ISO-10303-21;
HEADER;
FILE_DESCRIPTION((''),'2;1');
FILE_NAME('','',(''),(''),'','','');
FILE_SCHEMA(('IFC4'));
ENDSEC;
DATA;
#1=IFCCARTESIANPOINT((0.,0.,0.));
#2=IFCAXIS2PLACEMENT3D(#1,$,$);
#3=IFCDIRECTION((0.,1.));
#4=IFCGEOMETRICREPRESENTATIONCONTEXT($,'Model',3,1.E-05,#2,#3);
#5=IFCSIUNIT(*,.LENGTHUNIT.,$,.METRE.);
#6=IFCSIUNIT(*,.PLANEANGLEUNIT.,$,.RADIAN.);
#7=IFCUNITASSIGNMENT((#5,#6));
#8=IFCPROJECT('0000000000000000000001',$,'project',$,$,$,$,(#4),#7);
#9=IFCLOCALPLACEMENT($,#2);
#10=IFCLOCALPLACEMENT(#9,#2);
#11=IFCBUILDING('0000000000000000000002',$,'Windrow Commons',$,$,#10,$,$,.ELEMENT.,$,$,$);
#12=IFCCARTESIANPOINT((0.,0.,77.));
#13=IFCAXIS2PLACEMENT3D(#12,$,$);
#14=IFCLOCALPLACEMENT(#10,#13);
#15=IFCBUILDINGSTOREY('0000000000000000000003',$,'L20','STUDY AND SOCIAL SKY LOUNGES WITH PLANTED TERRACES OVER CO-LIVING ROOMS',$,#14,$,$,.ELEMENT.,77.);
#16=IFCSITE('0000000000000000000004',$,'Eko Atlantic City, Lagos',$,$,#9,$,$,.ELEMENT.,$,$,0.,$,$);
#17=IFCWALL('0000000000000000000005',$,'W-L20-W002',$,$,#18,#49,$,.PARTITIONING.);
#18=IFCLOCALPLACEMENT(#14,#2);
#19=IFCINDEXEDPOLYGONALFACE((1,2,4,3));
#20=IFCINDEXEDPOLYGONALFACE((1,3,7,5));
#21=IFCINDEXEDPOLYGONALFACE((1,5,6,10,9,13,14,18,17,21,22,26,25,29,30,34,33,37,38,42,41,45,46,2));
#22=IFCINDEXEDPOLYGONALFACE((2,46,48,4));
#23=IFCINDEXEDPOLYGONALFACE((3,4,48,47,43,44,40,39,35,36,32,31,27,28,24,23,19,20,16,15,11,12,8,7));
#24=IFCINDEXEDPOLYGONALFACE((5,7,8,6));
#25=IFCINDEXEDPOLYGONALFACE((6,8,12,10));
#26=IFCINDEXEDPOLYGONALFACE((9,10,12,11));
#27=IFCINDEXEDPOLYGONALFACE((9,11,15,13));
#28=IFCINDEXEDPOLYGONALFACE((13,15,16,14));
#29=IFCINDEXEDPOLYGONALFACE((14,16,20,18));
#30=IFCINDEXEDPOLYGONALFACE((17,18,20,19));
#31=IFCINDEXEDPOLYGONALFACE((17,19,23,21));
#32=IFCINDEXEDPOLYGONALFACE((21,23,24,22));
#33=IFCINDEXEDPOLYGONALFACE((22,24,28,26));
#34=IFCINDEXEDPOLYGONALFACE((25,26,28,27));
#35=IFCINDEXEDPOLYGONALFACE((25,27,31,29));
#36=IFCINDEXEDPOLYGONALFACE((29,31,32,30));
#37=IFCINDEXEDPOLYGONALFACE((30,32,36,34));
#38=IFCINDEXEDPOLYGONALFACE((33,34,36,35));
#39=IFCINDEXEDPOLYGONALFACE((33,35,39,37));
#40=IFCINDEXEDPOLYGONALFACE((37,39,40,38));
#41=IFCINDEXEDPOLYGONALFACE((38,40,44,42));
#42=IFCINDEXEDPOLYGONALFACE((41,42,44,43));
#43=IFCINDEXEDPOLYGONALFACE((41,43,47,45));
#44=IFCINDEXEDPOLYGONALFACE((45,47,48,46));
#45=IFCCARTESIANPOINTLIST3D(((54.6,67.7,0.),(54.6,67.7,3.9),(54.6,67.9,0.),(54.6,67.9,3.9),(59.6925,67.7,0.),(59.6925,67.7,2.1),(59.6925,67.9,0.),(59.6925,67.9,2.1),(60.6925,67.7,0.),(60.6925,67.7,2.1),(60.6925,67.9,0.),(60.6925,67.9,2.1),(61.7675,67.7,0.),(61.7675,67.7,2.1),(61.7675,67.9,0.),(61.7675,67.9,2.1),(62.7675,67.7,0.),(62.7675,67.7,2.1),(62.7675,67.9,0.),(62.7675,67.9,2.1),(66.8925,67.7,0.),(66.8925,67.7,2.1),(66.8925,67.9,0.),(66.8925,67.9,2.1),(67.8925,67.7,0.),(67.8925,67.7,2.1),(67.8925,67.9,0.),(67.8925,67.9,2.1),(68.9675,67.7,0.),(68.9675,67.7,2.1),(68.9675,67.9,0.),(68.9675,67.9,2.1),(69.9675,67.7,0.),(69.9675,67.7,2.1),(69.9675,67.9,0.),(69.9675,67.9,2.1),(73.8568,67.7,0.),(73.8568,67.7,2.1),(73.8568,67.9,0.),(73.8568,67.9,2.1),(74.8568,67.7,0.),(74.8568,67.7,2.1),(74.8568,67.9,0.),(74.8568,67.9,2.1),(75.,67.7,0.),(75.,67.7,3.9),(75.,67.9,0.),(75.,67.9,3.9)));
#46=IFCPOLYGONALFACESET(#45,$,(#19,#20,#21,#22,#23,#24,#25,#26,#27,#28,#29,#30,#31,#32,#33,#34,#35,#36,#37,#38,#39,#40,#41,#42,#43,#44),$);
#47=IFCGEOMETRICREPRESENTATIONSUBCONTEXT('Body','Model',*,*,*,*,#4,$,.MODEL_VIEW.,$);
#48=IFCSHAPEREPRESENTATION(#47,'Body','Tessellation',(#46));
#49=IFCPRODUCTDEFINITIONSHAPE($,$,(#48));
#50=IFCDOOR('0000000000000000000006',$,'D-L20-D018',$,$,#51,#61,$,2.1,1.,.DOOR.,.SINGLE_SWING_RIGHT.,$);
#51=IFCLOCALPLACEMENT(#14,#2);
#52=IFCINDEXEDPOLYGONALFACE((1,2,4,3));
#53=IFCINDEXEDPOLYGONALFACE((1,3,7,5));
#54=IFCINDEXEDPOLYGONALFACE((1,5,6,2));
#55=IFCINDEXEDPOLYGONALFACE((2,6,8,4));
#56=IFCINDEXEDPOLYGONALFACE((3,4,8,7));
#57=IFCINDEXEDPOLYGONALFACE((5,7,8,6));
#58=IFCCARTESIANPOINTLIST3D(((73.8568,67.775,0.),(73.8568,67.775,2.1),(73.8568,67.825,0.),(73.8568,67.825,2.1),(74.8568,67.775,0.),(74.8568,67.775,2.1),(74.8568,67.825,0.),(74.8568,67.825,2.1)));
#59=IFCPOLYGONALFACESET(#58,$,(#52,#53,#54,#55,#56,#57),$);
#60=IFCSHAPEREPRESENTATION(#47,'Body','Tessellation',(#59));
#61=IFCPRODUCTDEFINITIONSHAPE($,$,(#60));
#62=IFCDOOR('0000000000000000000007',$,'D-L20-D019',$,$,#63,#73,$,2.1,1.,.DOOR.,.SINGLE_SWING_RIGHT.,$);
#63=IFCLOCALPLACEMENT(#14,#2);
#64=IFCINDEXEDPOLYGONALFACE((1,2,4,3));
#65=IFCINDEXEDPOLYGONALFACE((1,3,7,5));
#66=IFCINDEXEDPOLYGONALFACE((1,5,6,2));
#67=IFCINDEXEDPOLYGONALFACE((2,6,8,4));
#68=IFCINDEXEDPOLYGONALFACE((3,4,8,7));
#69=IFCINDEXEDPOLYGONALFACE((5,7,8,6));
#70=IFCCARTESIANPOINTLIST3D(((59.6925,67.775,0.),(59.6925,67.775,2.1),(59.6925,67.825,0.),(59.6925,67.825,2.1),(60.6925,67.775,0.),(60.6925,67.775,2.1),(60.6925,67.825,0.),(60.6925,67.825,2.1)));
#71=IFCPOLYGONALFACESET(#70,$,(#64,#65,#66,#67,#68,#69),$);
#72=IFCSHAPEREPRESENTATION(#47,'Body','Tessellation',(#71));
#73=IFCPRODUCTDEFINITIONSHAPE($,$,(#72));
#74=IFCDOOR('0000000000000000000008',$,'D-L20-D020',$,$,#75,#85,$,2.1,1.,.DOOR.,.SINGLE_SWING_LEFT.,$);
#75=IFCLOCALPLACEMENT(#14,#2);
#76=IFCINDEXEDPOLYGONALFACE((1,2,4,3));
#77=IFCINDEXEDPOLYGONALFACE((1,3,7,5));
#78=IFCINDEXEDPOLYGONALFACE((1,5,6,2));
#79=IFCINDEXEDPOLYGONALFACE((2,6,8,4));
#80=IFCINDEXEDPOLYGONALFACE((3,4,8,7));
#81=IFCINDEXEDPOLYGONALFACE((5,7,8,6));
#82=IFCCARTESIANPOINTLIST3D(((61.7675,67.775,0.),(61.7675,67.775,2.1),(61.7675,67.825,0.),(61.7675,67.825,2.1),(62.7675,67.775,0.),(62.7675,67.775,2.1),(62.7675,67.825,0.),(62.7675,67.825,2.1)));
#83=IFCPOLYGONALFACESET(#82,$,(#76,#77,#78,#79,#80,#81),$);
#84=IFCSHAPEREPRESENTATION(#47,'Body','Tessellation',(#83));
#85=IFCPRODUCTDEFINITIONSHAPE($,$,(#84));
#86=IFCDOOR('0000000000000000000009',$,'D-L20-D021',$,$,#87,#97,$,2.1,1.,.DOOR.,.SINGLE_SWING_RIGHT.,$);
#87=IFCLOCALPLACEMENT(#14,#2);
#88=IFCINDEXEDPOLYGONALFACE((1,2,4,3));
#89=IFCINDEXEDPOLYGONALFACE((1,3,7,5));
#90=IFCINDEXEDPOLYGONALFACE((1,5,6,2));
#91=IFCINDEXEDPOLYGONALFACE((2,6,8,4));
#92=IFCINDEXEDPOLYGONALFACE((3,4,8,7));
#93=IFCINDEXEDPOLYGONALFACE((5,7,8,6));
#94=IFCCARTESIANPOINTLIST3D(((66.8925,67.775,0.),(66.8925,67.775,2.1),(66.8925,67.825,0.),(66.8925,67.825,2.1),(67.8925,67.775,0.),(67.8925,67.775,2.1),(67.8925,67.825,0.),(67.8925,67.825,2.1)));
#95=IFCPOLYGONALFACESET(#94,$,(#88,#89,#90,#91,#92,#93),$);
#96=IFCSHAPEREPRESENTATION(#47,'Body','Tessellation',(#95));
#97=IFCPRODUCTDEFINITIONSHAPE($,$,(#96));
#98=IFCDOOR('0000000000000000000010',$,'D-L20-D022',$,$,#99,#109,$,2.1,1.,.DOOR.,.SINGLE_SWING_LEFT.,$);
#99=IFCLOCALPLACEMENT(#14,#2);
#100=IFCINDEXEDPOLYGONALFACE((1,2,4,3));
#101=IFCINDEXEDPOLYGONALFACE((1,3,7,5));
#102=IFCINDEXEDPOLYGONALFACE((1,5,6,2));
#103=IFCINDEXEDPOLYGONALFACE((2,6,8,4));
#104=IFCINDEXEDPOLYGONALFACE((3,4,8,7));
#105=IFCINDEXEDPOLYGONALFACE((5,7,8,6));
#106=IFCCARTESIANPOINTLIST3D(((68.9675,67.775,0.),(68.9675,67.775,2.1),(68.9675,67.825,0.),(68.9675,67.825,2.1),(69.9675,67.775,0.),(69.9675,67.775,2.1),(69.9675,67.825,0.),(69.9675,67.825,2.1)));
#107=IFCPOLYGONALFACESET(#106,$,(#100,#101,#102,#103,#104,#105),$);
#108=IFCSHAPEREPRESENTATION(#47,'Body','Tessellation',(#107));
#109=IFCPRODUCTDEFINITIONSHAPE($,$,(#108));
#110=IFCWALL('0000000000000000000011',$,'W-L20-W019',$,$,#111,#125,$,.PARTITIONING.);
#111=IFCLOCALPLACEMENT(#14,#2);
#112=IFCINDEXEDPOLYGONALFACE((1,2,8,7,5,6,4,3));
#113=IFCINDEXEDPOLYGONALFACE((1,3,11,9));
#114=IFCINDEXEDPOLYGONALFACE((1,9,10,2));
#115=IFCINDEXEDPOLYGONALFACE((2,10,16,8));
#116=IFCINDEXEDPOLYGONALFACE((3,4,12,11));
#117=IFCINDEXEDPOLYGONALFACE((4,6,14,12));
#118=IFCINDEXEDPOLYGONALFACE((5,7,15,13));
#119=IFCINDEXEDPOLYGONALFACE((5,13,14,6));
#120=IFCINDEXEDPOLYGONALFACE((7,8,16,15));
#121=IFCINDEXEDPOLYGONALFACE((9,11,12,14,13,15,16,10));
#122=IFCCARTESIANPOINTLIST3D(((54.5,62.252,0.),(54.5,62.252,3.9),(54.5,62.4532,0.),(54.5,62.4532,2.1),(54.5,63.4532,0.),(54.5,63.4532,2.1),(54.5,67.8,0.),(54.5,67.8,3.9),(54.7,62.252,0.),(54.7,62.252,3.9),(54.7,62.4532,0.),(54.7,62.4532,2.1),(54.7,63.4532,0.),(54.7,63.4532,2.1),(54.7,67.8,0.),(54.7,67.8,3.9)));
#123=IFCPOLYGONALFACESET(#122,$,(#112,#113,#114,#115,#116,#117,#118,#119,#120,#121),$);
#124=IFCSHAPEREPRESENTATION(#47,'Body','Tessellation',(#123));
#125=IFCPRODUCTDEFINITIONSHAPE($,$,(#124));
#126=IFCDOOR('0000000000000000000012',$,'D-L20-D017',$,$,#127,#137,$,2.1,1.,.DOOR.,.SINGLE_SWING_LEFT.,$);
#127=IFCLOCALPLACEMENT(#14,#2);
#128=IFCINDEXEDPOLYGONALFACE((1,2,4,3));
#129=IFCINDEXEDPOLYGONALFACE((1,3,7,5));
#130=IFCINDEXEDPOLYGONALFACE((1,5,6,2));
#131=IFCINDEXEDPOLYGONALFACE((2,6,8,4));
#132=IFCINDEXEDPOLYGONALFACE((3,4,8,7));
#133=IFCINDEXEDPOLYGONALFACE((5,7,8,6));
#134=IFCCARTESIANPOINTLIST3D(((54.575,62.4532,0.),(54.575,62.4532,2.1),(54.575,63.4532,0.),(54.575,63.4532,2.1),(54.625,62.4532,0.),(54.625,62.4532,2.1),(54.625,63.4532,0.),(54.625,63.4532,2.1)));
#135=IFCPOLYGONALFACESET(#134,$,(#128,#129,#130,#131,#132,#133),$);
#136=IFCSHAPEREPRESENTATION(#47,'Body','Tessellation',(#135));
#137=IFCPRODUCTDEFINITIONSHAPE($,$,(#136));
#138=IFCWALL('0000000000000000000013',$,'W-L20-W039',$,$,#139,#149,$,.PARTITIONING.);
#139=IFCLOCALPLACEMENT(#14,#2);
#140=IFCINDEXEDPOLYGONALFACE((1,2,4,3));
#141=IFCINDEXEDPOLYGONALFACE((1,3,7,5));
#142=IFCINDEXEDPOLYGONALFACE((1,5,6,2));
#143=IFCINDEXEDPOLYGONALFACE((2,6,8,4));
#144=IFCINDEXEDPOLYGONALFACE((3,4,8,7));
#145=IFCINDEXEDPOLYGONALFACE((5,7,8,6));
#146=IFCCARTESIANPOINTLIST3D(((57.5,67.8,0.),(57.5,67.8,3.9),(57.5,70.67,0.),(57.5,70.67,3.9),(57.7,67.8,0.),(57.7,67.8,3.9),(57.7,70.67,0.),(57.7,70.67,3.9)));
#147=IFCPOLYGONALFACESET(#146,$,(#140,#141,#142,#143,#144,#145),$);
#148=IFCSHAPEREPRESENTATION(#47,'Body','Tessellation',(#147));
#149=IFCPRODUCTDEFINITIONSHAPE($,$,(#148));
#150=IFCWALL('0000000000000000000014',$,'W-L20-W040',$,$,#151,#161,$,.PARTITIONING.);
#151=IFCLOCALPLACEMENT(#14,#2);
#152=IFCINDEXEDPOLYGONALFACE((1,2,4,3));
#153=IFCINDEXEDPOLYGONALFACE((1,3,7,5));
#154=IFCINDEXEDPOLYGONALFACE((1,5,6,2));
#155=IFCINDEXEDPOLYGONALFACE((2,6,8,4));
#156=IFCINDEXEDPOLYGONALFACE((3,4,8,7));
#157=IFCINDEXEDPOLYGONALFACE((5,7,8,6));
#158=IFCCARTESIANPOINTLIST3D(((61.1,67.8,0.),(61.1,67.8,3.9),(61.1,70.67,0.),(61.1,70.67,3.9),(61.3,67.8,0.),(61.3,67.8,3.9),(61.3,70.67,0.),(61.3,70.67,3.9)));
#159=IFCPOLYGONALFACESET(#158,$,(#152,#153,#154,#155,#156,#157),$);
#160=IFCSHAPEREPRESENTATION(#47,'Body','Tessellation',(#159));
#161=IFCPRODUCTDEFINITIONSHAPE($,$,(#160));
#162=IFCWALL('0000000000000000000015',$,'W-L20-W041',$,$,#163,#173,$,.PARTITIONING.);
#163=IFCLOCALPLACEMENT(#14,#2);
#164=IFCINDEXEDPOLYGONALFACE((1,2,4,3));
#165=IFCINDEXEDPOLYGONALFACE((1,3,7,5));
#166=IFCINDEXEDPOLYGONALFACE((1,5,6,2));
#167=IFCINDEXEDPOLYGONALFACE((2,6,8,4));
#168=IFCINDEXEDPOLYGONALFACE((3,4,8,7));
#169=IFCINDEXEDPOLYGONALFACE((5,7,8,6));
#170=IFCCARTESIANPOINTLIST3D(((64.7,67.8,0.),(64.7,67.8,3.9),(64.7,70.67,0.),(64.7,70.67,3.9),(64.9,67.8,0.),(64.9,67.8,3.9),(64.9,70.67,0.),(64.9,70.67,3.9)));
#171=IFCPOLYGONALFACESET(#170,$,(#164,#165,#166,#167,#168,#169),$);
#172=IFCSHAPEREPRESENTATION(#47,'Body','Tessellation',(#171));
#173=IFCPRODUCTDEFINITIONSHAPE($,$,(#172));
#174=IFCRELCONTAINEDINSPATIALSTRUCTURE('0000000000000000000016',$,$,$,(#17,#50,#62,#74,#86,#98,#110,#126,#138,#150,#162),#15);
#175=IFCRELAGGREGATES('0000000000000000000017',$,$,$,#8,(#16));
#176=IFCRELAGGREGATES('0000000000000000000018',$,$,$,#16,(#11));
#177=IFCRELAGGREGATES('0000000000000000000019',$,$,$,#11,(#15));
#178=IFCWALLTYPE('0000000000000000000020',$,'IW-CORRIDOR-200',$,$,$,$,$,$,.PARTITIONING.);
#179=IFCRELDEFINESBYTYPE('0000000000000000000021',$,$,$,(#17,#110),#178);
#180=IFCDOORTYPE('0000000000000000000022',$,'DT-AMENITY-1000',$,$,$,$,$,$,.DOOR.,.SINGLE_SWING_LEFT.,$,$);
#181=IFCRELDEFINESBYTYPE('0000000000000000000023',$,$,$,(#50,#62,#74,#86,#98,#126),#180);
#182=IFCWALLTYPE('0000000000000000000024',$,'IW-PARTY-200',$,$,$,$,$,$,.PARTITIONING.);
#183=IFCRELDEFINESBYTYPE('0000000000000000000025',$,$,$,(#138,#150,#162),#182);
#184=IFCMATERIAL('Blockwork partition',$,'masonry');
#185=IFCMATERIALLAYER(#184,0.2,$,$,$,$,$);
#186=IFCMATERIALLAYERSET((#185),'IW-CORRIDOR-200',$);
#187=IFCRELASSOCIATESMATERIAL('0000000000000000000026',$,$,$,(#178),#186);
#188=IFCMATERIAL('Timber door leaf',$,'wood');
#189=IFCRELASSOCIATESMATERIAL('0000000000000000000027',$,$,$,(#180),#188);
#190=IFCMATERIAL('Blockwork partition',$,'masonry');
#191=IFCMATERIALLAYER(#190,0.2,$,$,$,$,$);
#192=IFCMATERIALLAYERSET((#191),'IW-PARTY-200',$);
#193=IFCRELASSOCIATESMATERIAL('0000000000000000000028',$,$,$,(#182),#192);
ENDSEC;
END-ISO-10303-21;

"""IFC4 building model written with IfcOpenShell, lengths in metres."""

from ifc_helpers import new_model, si_unit, direction, frame, frame_2d, origin, place, context, subcontext, project, spatial, rectangle, extrude, material, layer, layer_set, type_object, element, fill, save


model = new_model("IFC4")

# Units and contexts
model_context = context("Model", 3, precision=1e-05, world=origin(), true_north=direction((0.0, 1.0)))
body_context = subcontext(model_context, "Body", "Model", "MODEL_VIEW")
ifc_project = project(units=[si_unit("LENGTHUNIT", "METRE"), si_unit("PLANEANGLEUNIT", "RADIAN")], contexts=[model_context])

# Site, building, storey
site_placement = place(None, origin())
site = spatial("IfcSite", under=ifc_project, at=site_placement, Name="Eko Atlantic City, Lagos", CompositionType="ELEMENT", RefElevation=0.0)
building_placement = place(site_placement, origin())
building = spatial("IfcBuilding", under=site, at=building_placement, Name="Windrow Commons", CompositionType="ELEMENT")
storey_placement = place(building_placement, frame((0.0, 0.0, 77.0)))
storey = spatial("IfcBuildingStorey", under=building, at=storey_placement, Name="L20", Description="STUDY AND SOCIAL SKY LOUNGES WITH PLANTED TERRACES OVER CO-LIVING ROOMS", CompositionType="ELEMENT", Elevation=77.0)

# Wall, openings, doors
ifc_material_1 = material(Name="Blockwork partition", Category="masonry")
ifc_layer_1 = layer(ifc_material_1, 0.2)
ifc_layer_set_1 = layer_set([ifc_layer_1], Name="IW-CORRIDOR-200")
wall_type_1 = type_object("IfcWallType", Name="IW-CORRIDOR-200", PredefinedType="PARTITIONING", material=ifc_layer_set_1)
wall_1_placement = place(storey_placement, frame((54.6, 67.8, 0.0), z_axis=(0.0, 0.0, 1.0), x_axis=(1.0, 0.0, 0.0)))
wall_1 = element("IfcWall", 1, at=wall_1_placement, inside=storey, type_object=wall_type_1, Name="W-L20-W002", PredefinedType="PARTITIONING", context=body_context, shape_type="SweptSolid", body=[
    extrude(rectangle(XDim=20.4, YDim=0.2, at=frame_2d((10.2, 0.0))), origin(), (0.0, 0.0, 1.0), 3.9),
])
opening_1_placement = place(wall_1_placement, frame((19.2568, 0.0, 0.0)))
opening_1 = element("IfcOpeningElement", 2, at=opening_1_placement, cuts=wall_1, PredefinedType="OPENING", context=body_context, shape_type="SweptSolid", body=[
    extrude(rectangle(XDim=1.0, YDim=2.1, at=frame_2d((0.5, 1.05))), frame((0.0, 0.11, 0.0), z_axis=(0.0, -1.0, 0.0), x_axis=(1.0, 0.0, 0.0)), (0.0, 0.0, 1.0), 0.22),
])
opening_2_placement = place(wall_1_placement, frame((5.0925, 0.0, 0.0)))
opening_2 = element("IfcOpeningElement", 3, at=opening_2_placement, cuts=wall_1, PredefinedType="OPENING", context=body_context, shape_type="SweptSolid", body=[
    extrude(rectangle(XDim=1.0, YDim=2.1, at=frame_2d((0.5, 1.05))), frame((0.0, 0.11, 0.0), z_axis=(0.0, -1.0, 0.0), x_axis=(1.0, 0.0, 0.0)), (0.0, 0.0, 1.0), 0.22),
])
opening_3_placement = place(wall_1_placement, frame((7.1675, 0.0, 0.0)))
opening_3 = element("IfcOpeningElement", 4, at=opening_3_placement, cuts=wall_1, PredefinedType="OPENING", context=body_context, shape_type="SweptSolid", body=[
    extrude(rectangle(XDim=1.0, YDim=2.1, at=frame_2d((0.5, 1.05))), frame((0.0, 0.11, 0.0), z_axis=(0.0, -1.0, 0.0), x_axis=(1.0, 0.0, 0.0)), (0.0, 0.0, 1.0), 0.22),
])
opening_4_placement = place(wall_1_placement, frame((12.2925, 0.0, 0.0)))
opening_4 = element("IfcOpeningElement", 5, at=opening_4_placement, cuts=wall_1, PredefinedType="OPENING", context=body_context, shape_type="SweptSolid", body=[
    extrude(rectangle(XDim=1.0, YDim=2.1, at=frame_2d((0.5, 1.05))), frame((0.0, 0.11, 0.0), z_axis=(0.0, -1.0, 0.0), x_axis=(1.0, 0.0, 0.0)), (0.0, 0.0, 1.0), 0.22),
])
opening_5_placement = place(wall_1_placement, frame((14.3675, 0.0, 0.0)))
opening_5 = element("IfcOpeningElement", 6, at=opening_5_placement, cuts=wall_1, PredefinedType="OPENING", context=body_context, shape_type="SweptSolid", body=[
    extrude(rectangle(XDim=1.0, YDim=2.1, at=frame_2d((0.5, 1.05))), frame((0.0, 0.11, 0.0), z_axis=(0.0, -1.0, 0.0), x_axis=(1.0, 0.0, 0.0)), (0.0, 0.0, 1.0), 0.22),
])
ifc_material_2 = material(Name="Timber door leaf", Category="wood")
door_type_1 = type_object("IfcDoorType", Name="DT-AMENITY-1000", OperationType="SINGLE_SWING_LEFT", PredefinedType="DOOR", material=ifc_material_2)
door_1_placement = place(opening_1_placement, origin())
door_1 = element("IfcDoor", 7, at=door_1_placement, inside=storey, type_object=door_type_1, Name="D-L20-D018", OperationType="SINGLE_SWING_RIGHT", OverallHeight=2.1, OverallWidth=1.0, PredefinedType="DOOR", context=body_context, shape_type="SweptSolid", body=[
    extrude(rectangle(XDim=1.0, YDim=2.1, at=frame_2d((0.5, 1.05))), frame((0.0, 0.025, 0.0), z_axis=(0.0, -1.0, 0.0), x_axis=(1.0, 0.0, 0.0)), (0.0, 0.0, 1.0), 0.05),
])
fill(opening_1, door_1)
door_2_placement = place(opening_2_placement, origin())
door_2 = element("IfcDoor", 8, at=door_2_placement, inside=storey, type_object=door_type_1, Name="D-L20-D019", OperationType="SINGLE_SWING_RIGHT", OverallHeight=2.1, OverallWidth=1.0, PredefinedType="DOOR", context=body_context, shape_type="SweptSolid", body=[
    extrude(rectangle(XDim=1.0, YDim=2.1, at=frame_2d((0.5, 1.05))), frame((0.0, 0.025, 0.0), z_axis=(0.0, -1.0, 0.0), x_axis=(1.0, 0.0, 0.0)), (0.0, 0.0, 1.0), 0.05),
])
fill(opening_2, door_2)
door_3_placement = place(opening_3_placement, origin())
door_3 = element("IfcDoor", 9, at=door_3_placement, inside=storey, type_object=door_type_1, Name="D-L20-D020", OperationType="SINGLE_SWING_LEFT", OverallHeight=2.1, OverallWidth=1.0, PredefinedType="DOOR", context=body_context, shape_type="SweptSolid", body=[
    extrude(rectangle(XDim=1.0, YDim=2.1, at=frame_2d((0.5, 1.05))), frame((0.0, 0.025, 0.0), z_axis=(0.0, -1.0, 0.0), x_axis=(1.0, 0.0, 0.0)), (0.0, 0.0, 1.0), 0.05),
])
fill(opening_3, door_3)
door_4_placement = place(opening_4_placement, origin())
door_4 = element("IfcDoor", 10, at=door_4_placement, inside=storey, type_object=door_type_1, Name="D-L20-D021", OperationType="SINGLE_SWING_RIGHT", OverallHeight=2.1, OverallWidth=1.0, PredefinedType="DOOR", context=body_context, shape_type="SweptSolid", body=[
    extrude(rectangle(XDim=1.0, YDim=2.1, at=frame_2d((0.5, 1.05))), frame((0.0, 0.025, 0.0), z_axis=(0.0, -1.0, 0.0), x_axis=(1.0, 0.0, 0.0)), (0.0, 0.0, 1.0), 0.05),
])
fill(opening_4, door_4)
door_5_placement = place(opening_5_placement, origin())
door_5 = element("IfcDoor", 11, at=door_5_placement, inside=storey, type_object=door_type_1, Name="D-L20-D022", OperationType="SINGLE_SWING_LEFT", OverallHeight=2.1, OverallWidth=1.0, PredefinedType="DOOR", context=body_context, shape_type="SweptSolid", body=[
    extrude(rectangle(XDim=1.0, YDim=2.1, at=frame_2d((0.5, 1.05))), frame((0.0, 0.025, 0.0), z_axis=(0.0, -1.0, 0.0), x_axis=(1.0, 0.0, 0.0)), (0.0, 0.0, 1.0), 0.05),
])
fill(opening_5, door_5)

# Wall, opening, door
wall_2_placement = place(storey_placement, frame((54.6, 62.252, 0.0), z_axis=(0.0, 0.0, 1.0), x_axis=(0.0, 1.0, 0.0)))
wall_2 = element("IfcWall", 12, at=wall_2_placement, inside=storey, type_object=wall_type_1, Name="W-L20-W019", PredefinedType="PARTITIONING", context=body_context, shape_type="SweptSolid", body=[
    extrude(rectangle(XDim=5.548, YDim=0.2, at=frame_2d((2.774, 0.0))), origin(), (0.0, 0.0, 1.0), 3.9),
])
opening_6_placement = place(wall_2_placement, frame((0.2012, 0.0, 0.0)))
opening_6 = element("IfcOpeningElement", 13, at=opening_6_placement, cuts=wall_2, PredefinedType="OPENING", context=body_context, shape_type="SweptSolid", body=[
    extrude(rectangle(XDim=1.0, YDim=2.1, at=frame_2d((0.5, 1.05))), frame((0.0, 0.11, 0.0), z_axis=(0.0, -1.0, 0.0), x_axis=(1.0, 0.0, 0.0)), (0.0, 0.0, 1.0), 0.22),
])
door_6_placement = place(opening_6_placement, origin())
door_6 = element("IfcDoor", 14, at=door_6_placement, inside=storey, type_object=door_type_1, Name="D-L20-D017", OperationType="SINGLE_SWING_LEFT", OverallHeight=2.1, OverallWidth=1.0, PredefinedType="DOOR", context=body_context, shape_type="SweptSolid", body=[
    extrude(rectangle(XDim=1.0, YDim=2.1, at=frame_2d((0.5, 1.05))), frame((0.0, 0.025, 0.0), z_axis=(0.0, -1.0, 0.0), x_axis=(1.0, 0.0, 0.0)), (0.0, 0.0, 1.0), 0.05),
])
fill(opening_6, door_6)

# Walls
ifc_material_3 = material(Name="Blockwork partition", Category="masonry")
ifc_layer_2 = layer(ifc_material_3, 0.2)
ifc_layer_set_2 = layer_set([ifc_layer_2], Name="IW-PARTY-200")
wall_type_2 = type_object("IfcWallType", Name="IW-PARTY-200", PredefinedType="PARTITIONING", material=ifc_layer_set_2)
for number, where, z_axis, x_axis, name in (
    (15, (57.6, 67.8, 0.0), (0.0, 0.0, 1.0), (0.0, 1.0, 0.0), "W-L20-W039"),
    (16, (61.2, 67.8, 0.0), (0.0, 0.0, 1.0), (0.0, 1.0, 0.0), "W-L20-W040"),
    (17, (64.8, 67.8, 0.0), (0.0, 0.0, 1.0), (0.0, 1.0, 0.0), "W-L20-W041"),
):
    element("IfcWall", number, at=place(storey_placement, frame(where, z_axis=z_axis, x_axis=x_axis)), inside=storey, type_object=wall_type_2, Name=name, PredefinedType="PARTITIONING", context=body_context, shape_type="SweptSolid", body=[
        extrude(rectangle(XDim=2.87, YDim=0.2, at=frame_2d((1.435, 0.0))), origin(), (0.0, 0.0, 1.0), 3.9),
    ])

save(model, "model.ifc")
